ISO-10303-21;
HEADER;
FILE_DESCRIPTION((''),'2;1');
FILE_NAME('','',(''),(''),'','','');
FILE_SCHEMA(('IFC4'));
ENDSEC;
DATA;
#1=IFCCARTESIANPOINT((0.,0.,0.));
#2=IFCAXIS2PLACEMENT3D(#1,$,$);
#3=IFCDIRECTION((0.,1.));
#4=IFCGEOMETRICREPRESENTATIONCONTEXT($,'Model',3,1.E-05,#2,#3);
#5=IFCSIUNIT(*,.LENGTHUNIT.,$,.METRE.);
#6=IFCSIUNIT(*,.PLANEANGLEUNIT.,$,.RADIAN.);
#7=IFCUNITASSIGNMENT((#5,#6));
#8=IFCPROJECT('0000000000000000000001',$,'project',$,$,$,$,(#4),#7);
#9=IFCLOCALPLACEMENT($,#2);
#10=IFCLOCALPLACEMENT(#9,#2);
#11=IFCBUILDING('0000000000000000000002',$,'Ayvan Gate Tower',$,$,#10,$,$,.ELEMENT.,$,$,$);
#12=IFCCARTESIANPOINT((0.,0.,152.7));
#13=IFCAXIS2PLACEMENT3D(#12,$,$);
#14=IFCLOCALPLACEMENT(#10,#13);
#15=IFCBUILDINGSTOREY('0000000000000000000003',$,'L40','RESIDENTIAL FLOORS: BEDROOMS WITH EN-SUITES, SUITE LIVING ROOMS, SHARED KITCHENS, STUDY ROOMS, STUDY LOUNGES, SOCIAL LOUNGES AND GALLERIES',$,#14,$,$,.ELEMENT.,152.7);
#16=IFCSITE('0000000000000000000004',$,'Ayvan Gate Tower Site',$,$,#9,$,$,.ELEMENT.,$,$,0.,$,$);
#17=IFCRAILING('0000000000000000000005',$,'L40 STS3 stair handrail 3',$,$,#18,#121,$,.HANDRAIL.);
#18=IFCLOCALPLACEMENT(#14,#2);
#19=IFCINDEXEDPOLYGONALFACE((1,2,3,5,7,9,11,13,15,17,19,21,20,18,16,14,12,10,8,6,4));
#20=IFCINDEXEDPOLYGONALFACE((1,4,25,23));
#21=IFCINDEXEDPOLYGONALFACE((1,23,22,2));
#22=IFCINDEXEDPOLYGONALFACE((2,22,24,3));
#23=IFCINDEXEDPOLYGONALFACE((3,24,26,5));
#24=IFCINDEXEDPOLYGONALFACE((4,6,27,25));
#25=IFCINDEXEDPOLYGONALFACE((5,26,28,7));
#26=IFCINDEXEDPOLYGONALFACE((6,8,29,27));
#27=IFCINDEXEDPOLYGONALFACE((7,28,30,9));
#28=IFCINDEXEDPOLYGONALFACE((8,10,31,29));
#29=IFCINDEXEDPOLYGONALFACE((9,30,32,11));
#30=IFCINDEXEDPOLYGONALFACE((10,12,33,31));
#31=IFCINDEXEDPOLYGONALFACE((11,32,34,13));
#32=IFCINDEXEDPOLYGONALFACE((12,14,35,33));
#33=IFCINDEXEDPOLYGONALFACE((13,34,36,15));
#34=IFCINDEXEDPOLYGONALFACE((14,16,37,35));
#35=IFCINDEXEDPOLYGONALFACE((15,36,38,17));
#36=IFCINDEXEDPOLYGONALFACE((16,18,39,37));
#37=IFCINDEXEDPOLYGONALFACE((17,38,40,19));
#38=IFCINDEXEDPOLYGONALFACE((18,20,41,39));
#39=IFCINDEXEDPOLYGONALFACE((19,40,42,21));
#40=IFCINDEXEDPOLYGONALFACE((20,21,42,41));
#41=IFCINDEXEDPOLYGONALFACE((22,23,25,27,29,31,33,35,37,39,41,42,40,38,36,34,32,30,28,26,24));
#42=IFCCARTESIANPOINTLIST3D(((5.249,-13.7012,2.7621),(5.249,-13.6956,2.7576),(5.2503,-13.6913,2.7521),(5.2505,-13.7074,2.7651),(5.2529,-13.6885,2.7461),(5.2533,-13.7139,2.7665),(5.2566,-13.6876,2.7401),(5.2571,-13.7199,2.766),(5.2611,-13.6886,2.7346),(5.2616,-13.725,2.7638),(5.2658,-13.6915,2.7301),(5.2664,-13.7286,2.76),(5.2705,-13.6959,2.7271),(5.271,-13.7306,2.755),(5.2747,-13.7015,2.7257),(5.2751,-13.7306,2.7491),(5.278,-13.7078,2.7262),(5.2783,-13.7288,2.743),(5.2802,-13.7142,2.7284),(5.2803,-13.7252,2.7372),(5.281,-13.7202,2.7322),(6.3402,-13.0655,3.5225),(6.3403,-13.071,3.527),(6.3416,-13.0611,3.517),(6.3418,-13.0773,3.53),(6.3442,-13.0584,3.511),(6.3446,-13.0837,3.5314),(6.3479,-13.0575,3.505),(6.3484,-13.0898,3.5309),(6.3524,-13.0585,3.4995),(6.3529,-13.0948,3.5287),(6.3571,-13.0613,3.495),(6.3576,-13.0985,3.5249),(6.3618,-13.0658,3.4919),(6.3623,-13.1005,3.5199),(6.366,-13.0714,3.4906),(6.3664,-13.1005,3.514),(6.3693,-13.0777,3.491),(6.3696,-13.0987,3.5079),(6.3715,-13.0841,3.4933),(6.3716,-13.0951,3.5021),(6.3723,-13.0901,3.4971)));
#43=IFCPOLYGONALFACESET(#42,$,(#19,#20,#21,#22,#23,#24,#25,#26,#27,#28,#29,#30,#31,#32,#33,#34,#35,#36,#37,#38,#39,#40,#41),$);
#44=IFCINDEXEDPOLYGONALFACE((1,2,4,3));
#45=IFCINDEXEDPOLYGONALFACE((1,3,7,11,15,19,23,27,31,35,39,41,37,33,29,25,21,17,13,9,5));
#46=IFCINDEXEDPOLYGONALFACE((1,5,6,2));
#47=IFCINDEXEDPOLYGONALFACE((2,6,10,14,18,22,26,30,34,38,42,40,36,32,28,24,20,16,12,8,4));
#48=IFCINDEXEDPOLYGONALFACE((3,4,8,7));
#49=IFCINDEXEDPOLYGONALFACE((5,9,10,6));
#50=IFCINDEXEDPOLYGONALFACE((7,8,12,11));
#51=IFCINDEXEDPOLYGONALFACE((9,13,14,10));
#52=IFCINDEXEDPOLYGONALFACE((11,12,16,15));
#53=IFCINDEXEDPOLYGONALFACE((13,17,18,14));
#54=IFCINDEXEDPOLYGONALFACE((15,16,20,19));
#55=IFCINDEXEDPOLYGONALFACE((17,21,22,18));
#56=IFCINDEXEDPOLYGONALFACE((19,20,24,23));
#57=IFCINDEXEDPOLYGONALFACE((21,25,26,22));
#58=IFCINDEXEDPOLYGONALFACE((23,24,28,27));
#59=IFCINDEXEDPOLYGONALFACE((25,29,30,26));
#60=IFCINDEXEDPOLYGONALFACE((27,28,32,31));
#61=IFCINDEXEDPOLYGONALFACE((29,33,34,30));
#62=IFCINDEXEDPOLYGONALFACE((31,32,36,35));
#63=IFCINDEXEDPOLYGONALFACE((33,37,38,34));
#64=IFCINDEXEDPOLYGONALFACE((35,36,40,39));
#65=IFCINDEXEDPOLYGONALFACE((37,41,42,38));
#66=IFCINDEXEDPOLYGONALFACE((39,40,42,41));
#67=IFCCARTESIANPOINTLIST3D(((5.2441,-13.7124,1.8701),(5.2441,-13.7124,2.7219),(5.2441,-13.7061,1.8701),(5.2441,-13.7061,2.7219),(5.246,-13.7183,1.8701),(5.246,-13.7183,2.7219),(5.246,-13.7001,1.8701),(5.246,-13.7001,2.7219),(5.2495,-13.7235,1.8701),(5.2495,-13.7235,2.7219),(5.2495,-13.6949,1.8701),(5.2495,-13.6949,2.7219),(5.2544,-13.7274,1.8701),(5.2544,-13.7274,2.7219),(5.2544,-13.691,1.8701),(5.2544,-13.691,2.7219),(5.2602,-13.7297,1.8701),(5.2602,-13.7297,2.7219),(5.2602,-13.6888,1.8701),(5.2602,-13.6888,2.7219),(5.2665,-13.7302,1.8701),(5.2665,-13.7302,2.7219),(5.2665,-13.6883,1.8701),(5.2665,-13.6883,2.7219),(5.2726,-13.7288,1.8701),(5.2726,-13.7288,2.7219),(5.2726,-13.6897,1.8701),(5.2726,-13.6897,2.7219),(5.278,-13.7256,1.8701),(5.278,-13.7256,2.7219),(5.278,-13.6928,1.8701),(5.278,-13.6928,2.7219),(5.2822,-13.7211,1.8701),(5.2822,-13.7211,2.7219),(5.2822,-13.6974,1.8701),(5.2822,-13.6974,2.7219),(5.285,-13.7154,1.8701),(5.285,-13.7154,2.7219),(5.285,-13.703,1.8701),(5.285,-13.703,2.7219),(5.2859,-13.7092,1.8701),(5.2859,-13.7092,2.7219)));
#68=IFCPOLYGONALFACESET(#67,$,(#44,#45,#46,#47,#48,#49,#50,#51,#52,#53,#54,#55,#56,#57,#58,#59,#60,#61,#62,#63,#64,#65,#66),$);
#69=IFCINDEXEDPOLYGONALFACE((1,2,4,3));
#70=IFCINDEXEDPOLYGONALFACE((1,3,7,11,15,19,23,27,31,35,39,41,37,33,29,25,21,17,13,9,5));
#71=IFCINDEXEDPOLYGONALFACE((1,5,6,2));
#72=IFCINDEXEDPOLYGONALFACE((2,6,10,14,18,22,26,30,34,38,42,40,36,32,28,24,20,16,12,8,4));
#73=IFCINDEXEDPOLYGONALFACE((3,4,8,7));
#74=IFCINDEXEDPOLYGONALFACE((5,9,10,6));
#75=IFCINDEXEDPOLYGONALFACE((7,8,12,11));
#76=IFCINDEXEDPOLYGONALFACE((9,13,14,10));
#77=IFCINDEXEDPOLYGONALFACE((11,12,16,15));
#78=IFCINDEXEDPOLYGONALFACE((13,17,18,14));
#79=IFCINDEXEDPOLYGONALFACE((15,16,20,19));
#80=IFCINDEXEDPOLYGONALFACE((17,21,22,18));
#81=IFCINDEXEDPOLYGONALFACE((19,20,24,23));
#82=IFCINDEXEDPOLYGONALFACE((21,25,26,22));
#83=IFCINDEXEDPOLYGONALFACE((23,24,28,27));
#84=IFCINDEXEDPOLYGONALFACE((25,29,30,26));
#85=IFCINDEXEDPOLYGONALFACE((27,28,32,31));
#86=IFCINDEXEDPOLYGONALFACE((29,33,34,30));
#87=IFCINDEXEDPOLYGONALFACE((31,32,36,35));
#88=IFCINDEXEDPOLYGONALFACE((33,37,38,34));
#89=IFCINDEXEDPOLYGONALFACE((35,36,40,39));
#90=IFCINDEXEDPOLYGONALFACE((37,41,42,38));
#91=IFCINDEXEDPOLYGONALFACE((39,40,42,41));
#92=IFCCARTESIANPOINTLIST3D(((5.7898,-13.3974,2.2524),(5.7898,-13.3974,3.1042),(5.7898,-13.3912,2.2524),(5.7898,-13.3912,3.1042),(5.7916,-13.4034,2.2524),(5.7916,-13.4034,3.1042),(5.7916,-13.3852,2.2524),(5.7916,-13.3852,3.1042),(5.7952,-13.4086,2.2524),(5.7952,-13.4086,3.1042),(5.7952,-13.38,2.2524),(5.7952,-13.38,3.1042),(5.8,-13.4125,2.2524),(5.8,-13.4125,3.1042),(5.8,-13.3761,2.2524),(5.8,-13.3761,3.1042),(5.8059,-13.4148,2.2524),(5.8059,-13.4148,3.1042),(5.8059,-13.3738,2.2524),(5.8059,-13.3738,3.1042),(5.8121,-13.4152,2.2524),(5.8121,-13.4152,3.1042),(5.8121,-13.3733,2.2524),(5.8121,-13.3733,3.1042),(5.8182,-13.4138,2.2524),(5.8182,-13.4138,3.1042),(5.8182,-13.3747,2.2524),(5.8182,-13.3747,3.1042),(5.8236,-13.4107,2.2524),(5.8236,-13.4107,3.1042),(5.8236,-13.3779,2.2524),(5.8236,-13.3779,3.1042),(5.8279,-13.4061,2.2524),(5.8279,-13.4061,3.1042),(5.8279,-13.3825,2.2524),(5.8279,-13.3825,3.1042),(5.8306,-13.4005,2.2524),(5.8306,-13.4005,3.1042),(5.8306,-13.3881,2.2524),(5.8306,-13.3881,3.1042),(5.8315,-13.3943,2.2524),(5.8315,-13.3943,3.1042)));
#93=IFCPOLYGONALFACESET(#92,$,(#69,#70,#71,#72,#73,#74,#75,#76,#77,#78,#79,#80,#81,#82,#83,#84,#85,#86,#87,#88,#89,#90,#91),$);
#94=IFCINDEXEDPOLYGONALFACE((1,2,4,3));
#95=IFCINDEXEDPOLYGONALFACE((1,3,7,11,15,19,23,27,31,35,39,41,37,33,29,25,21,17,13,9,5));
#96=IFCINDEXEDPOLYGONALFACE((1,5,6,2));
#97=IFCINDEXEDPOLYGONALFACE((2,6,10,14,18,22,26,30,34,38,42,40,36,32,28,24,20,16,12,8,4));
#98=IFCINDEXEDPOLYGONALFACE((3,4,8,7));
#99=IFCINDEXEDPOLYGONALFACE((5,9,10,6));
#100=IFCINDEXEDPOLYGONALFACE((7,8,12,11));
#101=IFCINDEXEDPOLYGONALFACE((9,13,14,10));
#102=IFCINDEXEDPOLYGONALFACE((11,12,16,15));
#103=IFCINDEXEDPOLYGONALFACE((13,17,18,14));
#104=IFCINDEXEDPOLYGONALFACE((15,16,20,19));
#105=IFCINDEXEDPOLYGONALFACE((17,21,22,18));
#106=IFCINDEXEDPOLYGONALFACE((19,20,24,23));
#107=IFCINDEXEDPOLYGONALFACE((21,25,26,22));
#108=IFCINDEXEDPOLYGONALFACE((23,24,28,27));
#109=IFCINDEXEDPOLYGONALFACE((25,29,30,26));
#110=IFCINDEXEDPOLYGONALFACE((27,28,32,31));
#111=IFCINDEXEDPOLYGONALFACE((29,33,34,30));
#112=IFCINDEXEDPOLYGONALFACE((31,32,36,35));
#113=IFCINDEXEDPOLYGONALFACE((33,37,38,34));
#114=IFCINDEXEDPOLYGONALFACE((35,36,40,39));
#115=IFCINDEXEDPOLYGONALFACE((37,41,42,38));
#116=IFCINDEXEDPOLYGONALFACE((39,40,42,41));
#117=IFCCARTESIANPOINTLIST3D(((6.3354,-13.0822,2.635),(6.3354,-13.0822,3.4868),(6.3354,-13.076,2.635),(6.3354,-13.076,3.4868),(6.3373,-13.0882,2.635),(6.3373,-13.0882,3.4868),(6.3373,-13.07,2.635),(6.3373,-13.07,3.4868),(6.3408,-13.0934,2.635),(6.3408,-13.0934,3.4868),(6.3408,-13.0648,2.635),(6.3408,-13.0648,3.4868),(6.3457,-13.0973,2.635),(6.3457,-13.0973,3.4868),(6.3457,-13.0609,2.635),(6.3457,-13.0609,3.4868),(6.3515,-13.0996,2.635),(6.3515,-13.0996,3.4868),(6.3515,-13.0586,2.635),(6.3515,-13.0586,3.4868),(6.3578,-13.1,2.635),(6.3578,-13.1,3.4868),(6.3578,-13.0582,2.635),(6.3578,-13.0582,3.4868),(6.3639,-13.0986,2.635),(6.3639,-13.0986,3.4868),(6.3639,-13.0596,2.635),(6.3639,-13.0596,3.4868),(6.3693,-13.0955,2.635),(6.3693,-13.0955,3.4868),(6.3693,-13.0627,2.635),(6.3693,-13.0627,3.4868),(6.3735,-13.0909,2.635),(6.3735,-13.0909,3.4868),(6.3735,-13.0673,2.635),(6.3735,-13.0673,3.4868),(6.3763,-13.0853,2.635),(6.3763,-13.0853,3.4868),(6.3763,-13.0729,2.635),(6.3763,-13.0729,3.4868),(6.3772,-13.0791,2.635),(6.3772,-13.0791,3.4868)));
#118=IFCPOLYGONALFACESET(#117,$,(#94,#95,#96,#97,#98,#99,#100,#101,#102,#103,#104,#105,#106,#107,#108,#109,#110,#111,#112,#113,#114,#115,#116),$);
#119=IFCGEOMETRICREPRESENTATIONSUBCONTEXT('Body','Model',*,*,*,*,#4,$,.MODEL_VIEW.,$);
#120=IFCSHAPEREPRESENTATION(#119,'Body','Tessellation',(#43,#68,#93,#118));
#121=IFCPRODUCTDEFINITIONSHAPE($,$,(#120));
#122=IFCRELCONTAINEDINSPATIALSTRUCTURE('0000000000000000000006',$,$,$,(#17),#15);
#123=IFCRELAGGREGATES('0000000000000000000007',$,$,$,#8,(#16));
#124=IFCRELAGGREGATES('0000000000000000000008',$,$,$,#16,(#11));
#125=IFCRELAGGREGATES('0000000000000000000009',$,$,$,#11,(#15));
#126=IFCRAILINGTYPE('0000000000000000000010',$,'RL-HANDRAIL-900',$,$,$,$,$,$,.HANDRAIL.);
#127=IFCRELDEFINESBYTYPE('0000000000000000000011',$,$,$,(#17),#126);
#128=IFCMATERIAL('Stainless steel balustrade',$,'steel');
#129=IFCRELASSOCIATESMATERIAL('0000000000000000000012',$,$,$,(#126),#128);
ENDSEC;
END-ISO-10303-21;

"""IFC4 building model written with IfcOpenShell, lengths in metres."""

from ifc_helpers import new_model, si_unit, direction, frame, origin, origin_2d, place, context, subcontext, project, spatial, circle, extrude, material, type_object, element, save


model = new_model("IFC4")

# Units and contexts
model_context = context("Model", 3, precision=1e-05, world=origin(), true_north=direction((0.0, 1.0)))
body_context = subcontext(model_context, "Body", "Model", "MODEL_VIEW")
ifc_project = project(units=[si_unit("LENGTHUNIT", "METRE"), si_unit("PLANEANGLEUNIT", "RADIAN")], contexts=[model_context])

# Site, building, storey
site_placement = place(None, origin())
site = spatial("IfcSite", under=ifc_project, at=site_placement, Name="Ayvan Gate Tower Site", CompositionType="ELEMENT", RefElevation=0.0)
building_placement = place(site_placement, origin())
building = spatial("IfcBuilding", under=site, at=building_placement, Name="Ayvan Gate Tower", CompositionType="ELEMENT")
storey_placement = place(building_placement, frame((0.0, 0.0, 152.7)))
storey = spatial("IfcBuildingStorey", under=building, at=storey_placement, Name="L40", Description="RESIDENTIAL FLOORS: BEDROOMS WITH EN-SUITES, SUITE LIVING ROOMS, SHARED KITCHENS, STUDY ROOMS, STUDY LOUNGES, SOCIAL LOUNGES AND GALLERIES", CompositionType="ELEMENT", Elevation=152.7)

# Railing
ifc_material_1 = material(Name="Stainless steel balustrade", Category="steel")
railing_type_1 = type_object("IfcRailingType", Name="RL-HANDRAIL-900", PredefinedType="HANDRAIL", material=ifc_material_1)
railing_1_placement = place(storey_placement, frame((5.2649, -13.7092, 1.8701)))
element("IfcRailing", 1, at=railing_1_placement, inside=storey, type_object=railing_type_1, Name="L40 STS3 stair handrail 3", PredefinedType="HANDRAIL", context=body_context, shape_type="SweptSolid", body=[
    extrude(circle(Radius=0.0239, at=origin_2d()), frame((0.0, 0.0, 0.876), z_axis=(0.740304, 0.427455, 0.518875), x_axis=(-0.500035, 0.866005, 0.0)), (0.0, 0.0, 1.0), 1.4741),
    extrude(circle(Radius=0.021, at=origin_2d()), origin(), (0.0, 0.0, 1.0), 0.8518),
    extrude(circle(Radius=0.021, at=origin_2d()), frame((0.5457, 0.3149, 0.3823)), (0.0, 0.0, 1.0), 0.8518),
    extrude(circle(Radius=0.021, at=origin_2d()), frame((1.0913, 0.6301, 0.7649)), (0.0, 0.0, 1.0), 0.8518),
])

save(model, "model.ifc")
